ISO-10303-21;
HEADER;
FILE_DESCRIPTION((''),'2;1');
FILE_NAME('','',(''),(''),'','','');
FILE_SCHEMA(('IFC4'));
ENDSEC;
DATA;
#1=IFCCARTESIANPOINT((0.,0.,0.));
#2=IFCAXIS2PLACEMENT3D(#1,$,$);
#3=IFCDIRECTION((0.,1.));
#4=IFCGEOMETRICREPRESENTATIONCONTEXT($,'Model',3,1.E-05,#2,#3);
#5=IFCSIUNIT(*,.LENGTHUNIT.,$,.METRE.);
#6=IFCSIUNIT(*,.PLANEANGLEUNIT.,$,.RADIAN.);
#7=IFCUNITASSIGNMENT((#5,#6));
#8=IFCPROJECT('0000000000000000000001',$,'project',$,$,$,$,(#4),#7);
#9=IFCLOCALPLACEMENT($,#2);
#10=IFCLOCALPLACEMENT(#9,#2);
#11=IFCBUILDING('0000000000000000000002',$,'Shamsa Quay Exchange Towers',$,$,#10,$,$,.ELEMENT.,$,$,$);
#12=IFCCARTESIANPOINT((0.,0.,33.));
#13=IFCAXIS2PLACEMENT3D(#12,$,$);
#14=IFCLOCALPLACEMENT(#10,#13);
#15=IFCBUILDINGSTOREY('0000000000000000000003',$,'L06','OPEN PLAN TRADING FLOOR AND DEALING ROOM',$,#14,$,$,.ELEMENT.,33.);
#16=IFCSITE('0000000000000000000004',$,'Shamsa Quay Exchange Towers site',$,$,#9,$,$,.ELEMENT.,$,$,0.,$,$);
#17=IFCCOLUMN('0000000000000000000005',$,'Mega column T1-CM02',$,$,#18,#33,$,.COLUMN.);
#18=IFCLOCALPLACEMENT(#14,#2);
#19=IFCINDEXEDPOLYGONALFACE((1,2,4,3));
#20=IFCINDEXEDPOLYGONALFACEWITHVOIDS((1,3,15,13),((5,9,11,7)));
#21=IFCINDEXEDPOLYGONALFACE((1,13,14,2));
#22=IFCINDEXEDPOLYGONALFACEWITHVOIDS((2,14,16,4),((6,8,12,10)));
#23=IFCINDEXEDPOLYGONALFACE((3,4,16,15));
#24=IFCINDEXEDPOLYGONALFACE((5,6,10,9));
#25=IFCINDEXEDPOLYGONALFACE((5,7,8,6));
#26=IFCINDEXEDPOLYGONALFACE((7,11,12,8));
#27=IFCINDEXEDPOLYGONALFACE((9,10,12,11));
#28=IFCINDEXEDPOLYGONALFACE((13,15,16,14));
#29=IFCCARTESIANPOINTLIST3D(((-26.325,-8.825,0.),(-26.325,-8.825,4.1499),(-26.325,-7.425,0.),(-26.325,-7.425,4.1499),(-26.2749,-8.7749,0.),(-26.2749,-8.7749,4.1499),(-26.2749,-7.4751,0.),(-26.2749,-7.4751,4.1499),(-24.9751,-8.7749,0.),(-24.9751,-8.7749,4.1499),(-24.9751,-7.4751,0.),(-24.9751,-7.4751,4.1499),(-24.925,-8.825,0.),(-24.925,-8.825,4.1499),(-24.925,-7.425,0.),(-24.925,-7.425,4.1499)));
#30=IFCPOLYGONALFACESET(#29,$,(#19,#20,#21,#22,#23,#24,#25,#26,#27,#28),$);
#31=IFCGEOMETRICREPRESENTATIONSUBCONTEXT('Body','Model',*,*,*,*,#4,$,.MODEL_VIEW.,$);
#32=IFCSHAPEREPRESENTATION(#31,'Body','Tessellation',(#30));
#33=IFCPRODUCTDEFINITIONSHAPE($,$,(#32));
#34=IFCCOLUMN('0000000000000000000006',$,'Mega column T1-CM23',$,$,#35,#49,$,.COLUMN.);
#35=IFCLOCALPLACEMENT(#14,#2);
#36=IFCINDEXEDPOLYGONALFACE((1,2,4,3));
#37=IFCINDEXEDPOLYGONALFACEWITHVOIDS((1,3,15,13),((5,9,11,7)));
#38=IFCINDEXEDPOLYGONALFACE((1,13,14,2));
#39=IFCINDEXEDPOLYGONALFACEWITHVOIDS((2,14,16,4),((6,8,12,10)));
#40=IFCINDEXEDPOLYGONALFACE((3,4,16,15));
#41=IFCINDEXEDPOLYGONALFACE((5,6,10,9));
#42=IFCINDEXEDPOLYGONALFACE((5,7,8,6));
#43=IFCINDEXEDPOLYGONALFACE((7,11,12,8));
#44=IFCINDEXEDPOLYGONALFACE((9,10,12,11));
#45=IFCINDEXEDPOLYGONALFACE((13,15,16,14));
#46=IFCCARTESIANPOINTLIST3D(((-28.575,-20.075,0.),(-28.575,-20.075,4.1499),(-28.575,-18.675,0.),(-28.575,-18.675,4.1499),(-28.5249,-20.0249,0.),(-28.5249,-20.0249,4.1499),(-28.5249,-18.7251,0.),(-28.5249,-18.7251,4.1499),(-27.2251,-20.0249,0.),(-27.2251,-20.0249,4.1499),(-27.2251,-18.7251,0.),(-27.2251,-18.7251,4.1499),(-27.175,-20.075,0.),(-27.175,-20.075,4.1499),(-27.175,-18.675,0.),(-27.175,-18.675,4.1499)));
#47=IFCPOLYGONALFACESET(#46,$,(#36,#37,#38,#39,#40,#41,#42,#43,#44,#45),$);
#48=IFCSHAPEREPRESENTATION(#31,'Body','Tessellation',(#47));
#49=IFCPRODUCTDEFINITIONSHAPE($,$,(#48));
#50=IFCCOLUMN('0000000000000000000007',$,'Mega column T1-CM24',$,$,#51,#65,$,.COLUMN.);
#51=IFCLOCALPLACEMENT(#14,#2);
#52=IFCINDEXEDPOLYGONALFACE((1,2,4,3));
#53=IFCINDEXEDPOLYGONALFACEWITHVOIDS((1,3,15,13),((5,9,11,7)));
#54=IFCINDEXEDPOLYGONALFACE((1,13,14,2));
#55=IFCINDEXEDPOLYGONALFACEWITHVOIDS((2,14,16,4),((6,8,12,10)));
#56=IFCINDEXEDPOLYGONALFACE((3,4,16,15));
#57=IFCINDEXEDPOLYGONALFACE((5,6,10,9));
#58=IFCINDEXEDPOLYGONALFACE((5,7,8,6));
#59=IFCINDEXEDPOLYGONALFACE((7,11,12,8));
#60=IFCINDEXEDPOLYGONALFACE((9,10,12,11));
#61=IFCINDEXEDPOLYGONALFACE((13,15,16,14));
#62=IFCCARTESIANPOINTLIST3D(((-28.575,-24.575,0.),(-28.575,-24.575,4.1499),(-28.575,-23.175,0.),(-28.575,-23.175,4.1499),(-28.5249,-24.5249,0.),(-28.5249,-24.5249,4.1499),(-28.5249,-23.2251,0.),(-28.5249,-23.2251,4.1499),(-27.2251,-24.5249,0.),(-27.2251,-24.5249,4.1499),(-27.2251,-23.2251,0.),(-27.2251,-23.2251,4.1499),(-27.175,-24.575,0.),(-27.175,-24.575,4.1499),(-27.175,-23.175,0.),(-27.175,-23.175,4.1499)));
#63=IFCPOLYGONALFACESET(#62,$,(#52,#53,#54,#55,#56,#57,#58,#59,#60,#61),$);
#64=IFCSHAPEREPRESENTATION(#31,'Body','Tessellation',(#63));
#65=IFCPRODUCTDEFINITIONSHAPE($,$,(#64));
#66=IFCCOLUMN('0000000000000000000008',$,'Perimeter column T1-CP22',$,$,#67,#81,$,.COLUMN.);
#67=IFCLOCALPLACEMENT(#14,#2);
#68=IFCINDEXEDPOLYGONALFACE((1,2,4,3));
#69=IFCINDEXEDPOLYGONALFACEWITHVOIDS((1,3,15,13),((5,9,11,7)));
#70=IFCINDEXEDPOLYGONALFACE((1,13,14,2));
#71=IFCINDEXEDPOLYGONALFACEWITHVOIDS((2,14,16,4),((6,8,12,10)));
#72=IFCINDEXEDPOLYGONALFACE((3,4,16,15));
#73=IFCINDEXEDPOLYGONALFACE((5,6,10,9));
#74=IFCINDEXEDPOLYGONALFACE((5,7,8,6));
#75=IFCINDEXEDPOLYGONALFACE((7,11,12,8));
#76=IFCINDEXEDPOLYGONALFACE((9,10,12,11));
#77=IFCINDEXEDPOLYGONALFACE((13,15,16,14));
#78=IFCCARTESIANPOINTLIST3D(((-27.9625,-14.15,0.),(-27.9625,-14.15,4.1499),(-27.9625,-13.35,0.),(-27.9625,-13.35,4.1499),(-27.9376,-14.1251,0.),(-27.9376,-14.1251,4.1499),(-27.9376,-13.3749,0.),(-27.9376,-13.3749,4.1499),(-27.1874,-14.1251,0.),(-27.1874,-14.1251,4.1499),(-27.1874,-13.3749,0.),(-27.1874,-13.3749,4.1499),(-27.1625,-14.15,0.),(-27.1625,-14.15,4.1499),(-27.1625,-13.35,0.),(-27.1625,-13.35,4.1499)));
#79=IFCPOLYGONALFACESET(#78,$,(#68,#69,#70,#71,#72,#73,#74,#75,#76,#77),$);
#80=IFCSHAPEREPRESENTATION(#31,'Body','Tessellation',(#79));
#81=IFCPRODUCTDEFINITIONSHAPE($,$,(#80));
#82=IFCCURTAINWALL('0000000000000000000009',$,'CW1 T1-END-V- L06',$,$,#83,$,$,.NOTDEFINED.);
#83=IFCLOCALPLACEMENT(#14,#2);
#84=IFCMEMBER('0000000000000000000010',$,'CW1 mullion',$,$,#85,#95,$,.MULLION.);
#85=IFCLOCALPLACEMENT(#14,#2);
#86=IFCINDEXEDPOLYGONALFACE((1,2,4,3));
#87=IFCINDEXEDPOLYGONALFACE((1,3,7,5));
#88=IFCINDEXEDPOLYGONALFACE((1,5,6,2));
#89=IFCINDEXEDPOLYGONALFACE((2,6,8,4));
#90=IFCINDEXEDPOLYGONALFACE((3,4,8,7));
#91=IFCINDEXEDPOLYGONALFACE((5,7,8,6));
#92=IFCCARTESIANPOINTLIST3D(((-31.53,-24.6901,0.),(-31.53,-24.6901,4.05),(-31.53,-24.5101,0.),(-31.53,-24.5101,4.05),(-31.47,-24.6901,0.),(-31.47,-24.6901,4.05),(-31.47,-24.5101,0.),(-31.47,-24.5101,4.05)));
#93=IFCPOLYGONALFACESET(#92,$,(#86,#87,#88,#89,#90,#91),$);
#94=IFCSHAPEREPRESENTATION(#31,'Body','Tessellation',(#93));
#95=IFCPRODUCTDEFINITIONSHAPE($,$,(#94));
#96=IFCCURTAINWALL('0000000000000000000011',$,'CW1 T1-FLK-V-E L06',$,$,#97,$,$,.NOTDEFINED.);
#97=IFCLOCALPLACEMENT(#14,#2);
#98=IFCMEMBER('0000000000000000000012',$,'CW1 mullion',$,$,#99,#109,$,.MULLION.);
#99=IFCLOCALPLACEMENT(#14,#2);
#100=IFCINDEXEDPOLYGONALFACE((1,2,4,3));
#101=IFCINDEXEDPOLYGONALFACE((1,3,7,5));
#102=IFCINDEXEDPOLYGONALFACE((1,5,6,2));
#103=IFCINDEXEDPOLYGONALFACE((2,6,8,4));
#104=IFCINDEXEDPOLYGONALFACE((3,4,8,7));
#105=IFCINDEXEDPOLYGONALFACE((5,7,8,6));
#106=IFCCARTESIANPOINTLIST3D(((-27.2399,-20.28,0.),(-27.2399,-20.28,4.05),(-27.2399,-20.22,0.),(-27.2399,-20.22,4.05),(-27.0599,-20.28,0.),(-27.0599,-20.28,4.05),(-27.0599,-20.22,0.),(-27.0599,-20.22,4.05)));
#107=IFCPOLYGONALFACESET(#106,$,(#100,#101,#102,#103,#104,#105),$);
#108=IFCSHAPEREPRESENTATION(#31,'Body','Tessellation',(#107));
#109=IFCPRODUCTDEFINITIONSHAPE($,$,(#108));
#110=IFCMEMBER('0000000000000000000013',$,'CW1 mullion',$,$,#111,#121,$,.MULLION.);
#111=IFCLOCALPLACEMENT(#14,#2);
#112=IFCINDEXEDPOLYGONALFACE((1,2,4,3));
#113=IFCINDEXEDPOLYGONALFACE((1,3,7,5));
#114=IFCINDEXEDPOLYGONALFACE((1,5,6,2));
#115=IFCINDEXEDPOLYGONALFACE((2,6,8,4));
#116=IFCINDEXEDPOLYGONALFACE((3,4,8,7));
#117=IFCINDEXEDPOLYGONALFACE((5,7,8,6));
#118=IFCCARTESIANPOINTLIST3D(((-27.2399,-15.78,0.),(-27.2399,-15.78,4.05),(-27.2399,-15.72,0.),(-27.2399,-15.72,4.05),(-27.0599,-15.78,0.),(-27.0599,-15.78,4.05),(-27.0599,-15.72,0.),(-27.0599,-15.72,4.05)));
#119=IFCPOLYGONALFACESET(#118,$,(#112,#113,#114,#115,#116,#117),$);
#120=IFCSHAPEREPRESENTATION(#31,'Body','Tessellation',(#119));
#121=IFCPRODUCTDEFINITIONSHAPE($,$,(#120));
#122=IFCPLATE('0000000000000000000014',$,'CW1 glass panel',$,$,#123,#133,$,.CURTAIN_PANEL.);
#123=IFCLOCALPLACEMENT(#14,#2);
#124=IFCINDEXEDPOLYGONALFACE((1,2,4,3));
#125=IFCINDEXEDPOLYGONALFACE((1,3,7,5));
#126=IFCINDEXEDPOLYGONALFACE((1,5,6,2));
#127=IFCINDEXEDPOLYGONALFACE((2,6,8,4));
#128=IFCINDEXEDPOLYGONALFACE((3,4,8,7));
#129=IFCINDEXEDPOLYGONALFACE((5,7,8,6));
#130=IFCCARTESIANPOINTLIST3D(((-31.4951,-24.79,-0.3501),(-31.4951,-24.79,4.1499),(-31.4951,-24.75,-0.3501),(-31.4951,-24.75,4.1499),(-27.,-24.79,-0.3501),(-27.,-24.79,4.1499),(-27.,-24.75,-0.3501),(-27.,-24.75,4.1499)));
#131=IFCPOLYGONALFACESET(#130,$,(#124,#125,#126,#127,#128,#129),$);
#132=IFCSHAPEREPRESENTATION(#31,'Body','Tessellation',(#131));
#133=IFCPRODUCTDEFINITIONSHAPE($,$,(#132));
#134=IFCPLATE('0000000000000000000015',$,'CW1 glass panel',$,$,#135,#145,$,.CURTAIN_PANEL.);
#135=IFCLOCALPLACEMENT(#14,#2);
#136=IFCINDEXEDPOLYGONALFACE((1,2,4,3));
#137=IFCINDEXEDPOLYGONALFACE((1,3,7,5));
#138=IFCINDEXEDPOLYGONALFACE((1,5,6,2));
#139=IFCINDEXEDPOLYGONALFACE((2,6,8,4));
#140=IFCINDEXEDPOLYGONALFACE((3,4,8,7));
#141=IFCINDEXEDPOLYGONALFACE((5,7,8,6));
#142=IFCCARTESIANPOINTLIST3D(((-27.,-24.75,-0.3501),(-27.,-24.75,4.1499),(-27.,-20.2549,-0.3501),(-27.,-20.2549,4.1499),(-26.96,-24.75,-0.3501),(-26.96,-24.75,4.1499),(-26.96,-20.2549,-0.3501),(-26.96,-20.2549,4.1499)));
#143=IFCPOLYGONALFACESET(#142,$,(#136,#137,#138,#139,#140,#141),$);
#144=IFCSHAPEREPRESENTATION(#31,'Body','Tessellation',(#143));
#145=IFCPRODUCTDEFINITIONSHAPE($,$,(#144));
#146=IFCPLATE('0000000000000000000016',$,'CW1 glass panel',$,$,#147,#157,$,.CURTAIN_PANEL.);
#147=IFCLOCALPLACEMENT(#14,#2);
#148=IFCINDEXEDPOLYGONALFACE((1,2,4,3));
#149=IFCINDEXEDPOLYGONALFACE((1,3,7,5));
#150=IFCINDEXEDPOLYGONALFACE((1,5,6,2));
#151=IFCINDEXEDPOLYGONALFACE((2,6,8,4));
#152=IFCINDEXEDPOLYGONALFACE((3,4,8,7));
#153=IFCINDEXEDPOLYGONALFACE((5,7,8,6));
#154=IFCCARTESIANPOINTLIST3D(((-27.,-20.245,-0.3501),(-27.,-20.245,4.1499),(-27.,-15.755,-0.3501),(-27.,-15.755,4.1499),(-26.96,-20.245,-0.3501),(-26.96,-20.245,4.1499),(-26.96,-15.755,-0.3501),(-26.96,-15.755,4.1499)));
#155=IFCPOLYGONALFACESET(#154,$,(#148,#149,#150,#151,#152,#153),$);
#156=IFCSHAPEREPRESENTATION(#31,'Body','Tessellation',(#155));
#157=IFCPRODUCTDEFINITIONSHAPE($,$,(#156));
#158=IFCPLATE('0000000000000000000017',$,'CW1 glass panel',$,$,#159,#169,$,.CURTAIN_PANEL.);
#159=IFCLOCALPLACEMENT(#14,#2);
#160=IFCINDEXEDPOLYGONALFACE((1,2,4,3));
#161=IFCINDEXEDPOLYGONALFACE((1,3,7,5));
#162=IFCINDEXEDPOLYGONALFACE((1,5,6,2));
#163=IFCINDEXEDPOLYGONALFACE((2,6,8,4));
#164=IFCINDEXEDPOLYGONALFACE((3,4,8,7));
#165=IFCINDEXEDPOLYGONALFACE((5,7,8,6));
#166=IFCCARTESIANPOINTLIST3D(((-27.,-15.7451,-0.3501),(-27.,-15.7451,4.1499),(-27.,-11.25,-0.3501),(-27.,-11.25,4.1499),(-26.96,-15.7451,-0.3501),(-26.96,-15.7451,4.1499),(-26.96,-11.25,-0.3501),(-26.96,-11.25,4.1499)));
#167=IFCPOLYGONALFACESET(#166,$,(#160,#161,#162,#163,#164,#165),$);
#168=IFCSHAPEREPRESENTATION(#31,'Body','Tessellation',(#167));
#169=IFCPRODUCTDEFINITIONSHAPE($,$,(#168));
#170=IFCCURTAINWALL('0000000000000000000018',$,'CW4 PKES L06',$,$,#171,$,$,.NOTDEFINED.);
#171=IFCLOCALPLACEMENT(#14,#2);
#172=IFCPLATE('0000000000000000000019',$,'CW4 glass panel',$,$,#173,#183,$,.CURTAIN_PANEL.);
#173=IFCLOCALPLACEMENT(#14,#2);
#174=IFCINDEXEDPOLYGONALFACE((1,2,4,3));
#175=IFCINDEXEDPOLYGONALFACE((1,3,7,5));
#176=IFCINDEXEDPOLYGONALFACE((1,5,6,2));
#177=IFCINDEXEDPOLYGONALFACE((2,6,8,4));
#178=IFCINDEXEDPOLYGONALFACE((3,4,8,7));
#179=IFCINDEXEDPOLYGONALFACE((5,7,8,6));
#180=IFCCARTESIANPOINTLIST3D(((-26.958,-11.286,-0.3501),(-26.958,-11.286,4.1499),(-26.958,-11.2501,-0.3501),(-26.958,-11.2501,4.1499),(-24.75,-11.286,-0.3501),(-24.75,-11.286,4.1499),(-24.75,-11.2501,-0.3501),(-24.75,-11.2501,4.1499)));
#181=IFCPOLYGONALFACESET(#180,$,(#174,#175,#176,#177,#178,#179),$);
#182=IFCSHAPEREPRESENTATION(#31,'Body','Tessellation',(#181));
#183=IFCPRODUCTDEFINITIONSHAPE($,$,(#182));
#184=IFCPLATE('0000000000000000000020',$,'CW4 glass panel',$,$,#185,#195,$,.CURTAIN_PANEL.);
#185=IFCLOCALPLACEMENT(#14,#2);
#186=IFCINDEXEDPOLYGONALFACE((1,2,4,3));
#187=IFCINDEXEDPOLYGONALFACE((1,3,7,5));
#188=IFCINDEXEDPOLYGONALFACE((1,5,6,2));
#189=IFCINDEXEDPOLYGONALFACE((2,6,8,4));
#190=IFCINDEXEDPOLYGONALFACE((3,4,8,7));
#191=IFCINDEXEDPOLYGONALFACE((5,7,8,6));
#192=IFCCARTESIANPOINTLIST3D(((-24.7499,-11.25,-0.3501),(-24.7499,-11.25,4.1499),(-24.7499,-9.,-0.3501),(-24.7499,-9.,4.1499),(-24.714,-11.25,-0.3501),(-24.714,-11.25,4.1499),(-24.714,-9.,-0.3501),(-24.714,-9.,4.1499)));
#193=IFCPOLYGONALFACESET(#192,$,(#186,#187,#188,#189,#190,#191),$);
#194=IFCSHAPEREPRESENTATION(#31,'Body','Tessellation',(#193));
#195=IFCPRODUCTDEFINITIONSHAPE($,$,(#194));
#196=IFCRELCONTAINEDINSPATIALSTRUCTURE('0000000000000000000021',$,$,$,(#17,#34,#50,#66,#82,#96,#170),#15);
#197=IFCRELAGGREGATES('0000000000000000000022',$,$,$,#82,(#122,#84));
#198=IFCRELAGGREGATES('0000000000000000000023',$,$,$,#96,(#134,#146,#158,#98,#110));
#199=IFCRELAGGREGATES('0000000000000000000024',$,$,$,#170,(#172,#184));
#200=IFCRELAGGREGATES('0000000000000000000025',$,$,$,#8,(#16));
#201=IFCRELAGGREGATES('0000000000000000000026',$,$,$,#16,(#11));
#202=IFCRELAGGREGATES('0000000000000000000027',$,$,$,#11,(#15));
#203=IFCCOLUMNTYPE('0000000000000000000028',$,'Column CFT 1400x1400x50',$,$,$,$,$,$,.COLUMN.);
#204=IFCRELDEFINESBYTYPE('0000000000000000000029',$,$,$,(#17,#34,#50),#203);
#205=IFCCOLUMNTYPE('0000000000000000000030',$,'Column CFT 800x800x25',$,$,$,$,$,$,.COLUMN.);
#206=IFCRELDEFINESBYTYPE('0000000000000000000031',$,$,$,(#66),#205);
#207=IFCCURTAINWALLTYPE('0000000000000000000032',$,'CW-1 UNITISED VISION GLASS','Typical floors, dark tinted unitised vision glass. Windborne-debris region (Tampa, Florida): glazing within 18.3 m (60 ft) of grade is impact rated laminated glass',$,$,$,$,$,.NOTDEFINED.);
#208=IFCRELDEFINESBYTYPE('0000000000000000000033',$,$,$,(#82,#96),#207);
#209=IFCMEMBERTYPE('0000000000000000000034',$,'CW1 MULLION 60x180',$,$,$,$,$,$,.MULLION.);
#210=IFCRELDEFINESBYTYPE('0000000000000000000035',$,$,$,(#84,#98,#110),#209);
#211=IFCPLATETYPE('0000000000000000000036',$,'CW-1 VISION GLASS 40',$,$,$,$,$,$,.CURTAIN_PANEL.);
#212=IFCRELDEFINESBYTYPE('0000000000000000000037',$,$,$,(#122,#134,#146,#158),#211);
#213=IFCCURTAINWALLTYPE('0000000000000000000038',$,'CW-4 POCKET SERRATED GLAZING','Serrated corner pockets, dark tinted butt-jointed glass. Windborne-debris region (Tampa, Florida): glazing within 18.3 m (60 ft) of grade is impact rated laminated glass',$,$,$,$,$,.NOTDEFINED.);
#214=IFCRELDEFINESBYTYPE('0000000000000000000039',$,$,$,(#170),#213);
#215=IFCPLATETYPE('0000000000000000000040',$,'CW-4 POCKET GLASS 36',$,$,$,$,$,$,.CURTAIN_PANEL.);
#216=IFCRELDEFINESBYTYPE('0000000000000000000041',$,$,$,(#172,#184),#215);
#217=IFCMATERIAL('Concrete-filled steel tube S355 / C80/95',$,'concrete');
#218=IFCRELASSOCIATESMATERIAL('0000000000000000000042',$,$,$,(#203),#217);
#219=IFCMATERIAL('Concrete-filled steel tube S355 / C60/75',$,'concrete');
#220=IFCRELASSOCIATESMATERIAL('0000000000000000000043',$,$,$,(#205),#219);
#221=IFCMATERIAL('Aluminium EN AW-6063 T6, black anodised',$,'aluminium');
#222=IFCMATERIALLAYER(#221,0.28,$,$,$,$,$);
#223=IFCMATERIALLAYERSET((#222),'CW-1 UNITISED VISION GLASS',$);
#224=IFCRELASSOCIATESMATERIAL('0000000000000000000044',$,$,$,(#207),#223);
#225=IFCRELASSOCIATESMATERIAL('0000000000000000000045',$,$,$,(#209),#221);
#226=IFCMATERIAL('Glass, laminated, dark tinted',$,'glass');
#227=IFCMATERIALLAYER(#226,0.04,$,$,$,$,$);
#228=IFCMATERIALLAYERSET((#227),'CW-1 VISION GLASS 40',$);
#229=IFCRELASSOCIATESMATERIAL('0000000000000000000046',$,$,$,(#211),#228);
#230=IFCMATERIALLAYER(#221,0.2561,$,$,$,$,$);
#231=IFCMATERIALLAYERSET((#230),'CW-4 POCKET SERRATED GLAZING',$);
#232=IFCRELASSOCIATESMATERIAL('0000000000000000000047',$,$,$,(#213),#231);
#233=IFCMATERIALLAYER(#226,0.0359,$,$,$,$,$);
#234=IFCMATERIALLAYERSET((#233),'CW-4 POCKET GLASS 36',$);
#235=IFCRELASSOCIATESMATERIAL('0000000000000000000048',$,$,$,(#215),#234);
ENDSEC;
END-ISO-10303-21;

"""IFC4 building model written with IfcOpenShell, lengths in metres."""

from ifc_helpers import new_model, si_unit, direction, frame, origin, origin_2d, place, context, subcontext, project, spatial, rectangle, hollow_rectangle, extrude, material, layer, layer_set, material_profile, profile_set, type_object, element, aggregate, save


model = new_model("IFC4")

# Units and contexts
model_context = context("Model", 3, precision=1e-05, world=origin(), true_north=direction((0.0, 1.0)))
body_context = subcontext(model_context, "Body", "Model", "MODEL_VIEW")
ifc_project = project(units=[si_unit("LENGTHUNIT", "METRE"), si_unit("PLANEANGLEUNIT", "RADIAN")], contexts=[model_context])

# Site, building, storey
site_placement = place(None, origin())
site = spatial("IfcSite", under=ifc_project, at=site_placement, Name="Shamsa Quay Exchange Towers site", CompositionType="ELEMENT", RefElevation=0.0)
building_placement = place(site_placement, origin())
building = spatial("IfcBuilding", under=site, at=building_placement, Name="Shamsa Quay Exchange Towers", CompositionType="ELEMENT")
storey_placement = place(building_placement, frame((0.0, 0.0, 33.0)))
storey = spatial("IfcBuildingStorey", under=building, at=storey_placement, Name="L06", Description="OPEN PLAN TRADING FLOOR AND DEALING ROOM", CompositionType="ELEMENT", Elevation=33.0)

# Columns
ifc_material_1 = material(Name="Concrete-filled steel tube S355 / C80/95", Category="concrete")
ifc_material_profile_1 = material_profile(ifc_material_1, hollow_rectangle(XDim=1.3999, YDim=1.3999, WallThickness=0.05, at=origin_2d()), Name="CFT 1400x1400x50")
ifc_profile_set_1 = profile_set([ifc_material_profile_1], Name="Concrete-filled steel tube S355 / C80/95")
column_type_1 = type_object("IfcColumnType", Name="Column CFT 1400x1400x50", PredefinedType="COLUMN", material=ifc_profile_set_1)
for number, where, name in (
    (1, (-25.625, -8.125, 0.0), "Mega column T1-CM02"),
    (2, (-27.875, -19.375, 0.0), "Mega column T1-CM23"),
    (3, (-27.875, -23.875, 0.0), "Mega column T1-CM24"),
):
    element("IfcColumn", number, at=place(storey_placement, frame(where)), inside=storey, type_object=column_type_1, Name=name, PredefinedType="COLUMN", context=body_context, shape_type="SweptSolid", body=[
        extrude(hollow_rectangle(XDim=1.3999, YDim=1.3999, WallThickness=0.05, at=origin_2d()), origin(), (0.0, 0.0, 1.0), 4.1499),
    ])
ifc_material_2 = material(Name="Concrete-filled steel tube S355 / C60/75", Category="concrete")
ifc_material_profile_2 = material_profile(ifc_material_2, hollow_rectangle(XDim=0.8, YDim=0.8, WallThickness=0.0249, at=origin_2d()), Name="CFT 800x800x25")
ifc_profile_set_2 = profile_set([ifc_material_profile_2], Name="Concrete-filled steel tube S355 / C60/75")
column_type_2 = type_object("IfcColumnType", Name="Column CFT 800x800x25", PredefinedType="COLUMN", material=ifc_profile_set_2)
column_placement = place(storey_placement, frame((-27.5625, -13.75, 0.0)))
element("IfcColumn", 4, at=column_placement, inside=storey, type_object=column_type_2, Name="Perimeter column T1-CP22", PredefinedType="COLUMN", context=body_context, shape_type="SweptSolid", body=[
    extrude(hollow_rectangle(XDim=0.8, YDim=0.8, WallThickness=0.0249, at=origin_2d()), origin(), (0.0, 0.0, 1.0), 4.1499),
])

# Curtain wall, member
ifc_material_3 = material(Name="Aluminium EN AW-6063 T6, black anodised", Category="aluminium")
ifc_layer_1 = layer(ifc_material_3, 0.28)
ifc_layer_set_1 = layer_set([ifc_layer_1], Name="CW-1 UNITISED VISION GLASS")
curtain_wall_type_1 = type_object("IfcCurtainWallType", Name="CW-1 UNITISED VISION GLASS", Description="Typical floors, dark tinted unitised vision glass. Windborne-debris region (Tampa, Florida): glazing within 18.3 m (60 ft) of grade is impact rated laminated glass", PredefinedType="NOTDEFINED", material=ifc_layer_set_1)
curtain_wall_1_placement = place(storey_placement, origin())
curtain_wall_1 = element("IfcCurtainWall", 5, at=curtain_wall_1_placement, inside=storey, type_object=curtain_wall_type_1, Name="CW1 T1-END-V- L06", PredefinedType="NOTDEFINED")
ifc_material_profile_3 = material_profile(ifc_material_3, rectangle(XDim=0.1799, YDim=0.0601, at=origin_2d()), Name="MU60x180")
ifc_profile_set_3 = profile_set([ifc_material_profile_3], Name="Aluminium EN AW-6063 T6, black anodised")
member_type = type_object("IfcMemberType", Name="CW1 MULLION 60x180", PredefinedType="MULLION", material=ifc_profile_set_3)
member_1_placement = place(storey_placement, frame((-31.5, -24.6001, 0.0), z_axis=(0.0, 0.0, 1.0), x_axis=(0.0, 1.0, 0.0)))
member_1 = element("IfcMember", 6, at=member_1_placement, type_object=member_type, Name="CW1 mullion", PredefinedType="MULLION", context=body_context, shape_type="SweptSolid", body=[
    extrude(rectangle(XDim=0.1799, YDim=0.0601, at=origin_2d()), origin(), (0.0, 0.0, 1.0), 4.05),
])

# Curtain wall, members
curtain_wall_2_placement = place(storey_placement, origin())
curtain_wall_2 = element("IfcCurtainWall", 7, at=curtain_wall_2_placement, inside=storey, type_object=curtain_wall_type_1, Name="CW1 T1-FLK-V-E L06", PredefinedType="NOTDEFINED")
member_2_placement = place(storey_placement, frame((-27.1499, -20.25, 0.0), z_axis=(0.0, 0.0, 1.0), x_axis=(-1.0, 0.0, 0.0)))
member_2 = element("IfcMember", 8, at=member_2_placement, type_object=member_type, Name="CW1 mullion", PredefinedType="MULLION", context=body_context, shape_type="SweptSolid", body=[
    extrude(rectangle(XDim=0.1799, YDim=0.0601, at=origin_2d()), origin(), (0.0, 0.0, 1.0), 4.05),
])
member_3_placement = place(storey_placement, frame((-27.1499, -15.75, 0.0), z_axis=(0.0, 0.0, 1.0), x_axis=(-1.0, 0.0, 0.0)))
member_3 = element("IfcMember", 9, at=member_3_placement, type_object=member_type, Name="CW1 mullion", PredefinedType="MULLION", context=body_context, shape_type="SweptSolid", body=[
    extrude(rectangle(XDim=0.1799, YDim=0.0601, at=origin_2d()), origin(), (0.0, 0.0, 1.0), 4.05),
])

# Plates
ifc_material_4 = material(Name="Glass, laminated, dark tinted", Category="glass")
ifc_layer_2 = layer(ifc_material_4, 0.04)
ifc_layer_set_2 = layer_set([ifc_layer_2], Name="CW-1 VISION GLASS 40")
plate_type_1 = type_object("IfcPlateType", Name="CW-1 VISION GLASS 40", PredefinedType="CURTAIN_PANEL", material=ifc_layer_set_2)
plate_1_placement = place(storey_placement, frame((-29.2476, -24.77, -0.3501)))
plate_1 = element("IfcPlate", 10, at=plate_1_placement, type_object=plate_type_1, Name="CW1 glass panel", PredefinedType="CURTAIN_PANEL", context=body_context, shape_type="SweptSolid", body=[
    extrude(rectangle(XDim=4.4951, YDim=0.04, at=origin_2d()), origin(), (0.0, 0.0, 1.0), 4.5),
])
aggregate(curtain_wall_1, [plate_1, member_1])
plate_2_placement = place(storey_placement, frame((-26.98, -22.5024, -0.3501), z_axis=(0.0, 0.0, 1.0), x_axis=(0.0, 1.0, 0.0)))
plate_2 = element("IfcPlate", 11, at=plate_2_placement, type_object=plate_type_1, Name="CW1 glass panel", PredefinedType="CURTAIN_PANEL", context=body_context, shape_type="SweptSolid", body=[
    extrude(rectangle(XDim=4.4951, YDim=0.04, at=origin_2d()), origin(), (0.0, 0.0, 1.0), 4.5),
])
plate_3_placement = place(storey_placement, frame((-26.98, -18.0, -0.3501), z_axis=(0.0, 0.0, 1.0), x_axis=(0.0, 1.0, 0.0)))
plate_3 = element("IfcPlate", 12, at=plate_3_placement, type_object=plate_type_1, Name="CW1 glass panel", PredefinedType="CURTAIN_PANEL", context=body_context, shape_type="SweptSolid", body=[
    extrude(rectangle(XDim=4.49, YDim=0.04, at=origin_2d()), origin(), (0.0, 0.0, 1.0), 4.5),
])
plate_4_placement = place(storey_placement, frame((-26.98, -13.4976, -0.3501), z_axis=(0.0, 0.0, 1.0), x_axis=(0.0, 1.0, 0.0)))
plate_4 = element("IfcPlate", 13, at=plate_4_placement, type_object=plate_type_1, Name="CW1 glass panel", PredefinedType="CURTAIN_PANEL", context=body_context, shape_type="SweptSolid", body=[
    extrude(rectangle(XDim=4.4951, YDim=0.04, at=origin_2d()), origin(), (0.0, 0.0, 1.0), 4.5),
])
aggregate(curtain_wall_2, [plate_2, plate_3, plate_4, member_2, member_3])

# Curtain wall, plates
ifc_layer_3 = layer(ifc_material_3, 0.2561)
ifc_layer_set_3 = layer_set([ifc_layer_3], Name="CW-4 POCKET SERRATED GLAZING")
curtain_wall_type_2 = type_object("IfcCurtainWallType", Name="CW-4 POCKET SERRATED GLAZING", Description="Serrated corner pockets, dark tinted butt-jointed glass. Windborne-debris region (Tampa, Florida): glazing within 18.3 m (60 ft) of grade is impact rated laminated glass", PredefinedType="NOTDEFINED", material=ifc_layer_set_3)
curtain_wall_3_placement = place(storey_placement, origin())
curtain_wall_3 = element("IfcCurtainWall", 14, at=curtain_wall_3_placement, inside=storey, type_object=curtain_wall_type_2, Name="CW4 PKES L06", PredefinedType="NOTDEFINED")
ifc_layer_4 = layer(ifc_material_4, 0.0359)
ifc_layer_set_4 = layer_set([ifc_layer_4], Name="CW-4 POCKET GLASS 36")
plate_type_2 = type_object("IfcPlateType", Name="CW-4 POCKET GLASS 36", PredefinedType="CURTAIN_PANEL", material=ifc_layer_set_4)
plate_5_placement = place(storey_placement, frame((-25.854, -11.2681, -0.3501)))
plate_5 = element("IfcPlate", 15, at=plate_5_placement, type_object=plate_type_2, Name="CW4 glass panel", PredefinedType="CURTAIN_PANEL", context=body_context, shape_type="SweptSolid", body=[
    extrude(rectangle(XDim=2.208, YDim=0.0359, at=origin_2d()), origin(), (0.0, 0.0, 1.0), 4.5),
])
plate_6_placement = place(storey_placement, frame((-24.7319, -10.125, -0.3501), z_axis=(0.0, 0.0, 1.0), x_axis=(0.0, 1.0, 0.0)))
plate_6 = element("IfcPlate", 16, at=plate_6_placement, type_object=plate_type_2, Name="CW4 glass panel", PredefinedType="CURTAIN_PANEL", context=body_context, shape_type="SweptSolid", body=[
    extrude(rectangle(XDim=2.25, YDim=0.0359, at=origin_2d()), origin(), (0.0, 0.0, 1.0), 4.5),
])
aggregate(curtain_wall_3, [plate_5, plate_6])

save(model, "model.ifc")
